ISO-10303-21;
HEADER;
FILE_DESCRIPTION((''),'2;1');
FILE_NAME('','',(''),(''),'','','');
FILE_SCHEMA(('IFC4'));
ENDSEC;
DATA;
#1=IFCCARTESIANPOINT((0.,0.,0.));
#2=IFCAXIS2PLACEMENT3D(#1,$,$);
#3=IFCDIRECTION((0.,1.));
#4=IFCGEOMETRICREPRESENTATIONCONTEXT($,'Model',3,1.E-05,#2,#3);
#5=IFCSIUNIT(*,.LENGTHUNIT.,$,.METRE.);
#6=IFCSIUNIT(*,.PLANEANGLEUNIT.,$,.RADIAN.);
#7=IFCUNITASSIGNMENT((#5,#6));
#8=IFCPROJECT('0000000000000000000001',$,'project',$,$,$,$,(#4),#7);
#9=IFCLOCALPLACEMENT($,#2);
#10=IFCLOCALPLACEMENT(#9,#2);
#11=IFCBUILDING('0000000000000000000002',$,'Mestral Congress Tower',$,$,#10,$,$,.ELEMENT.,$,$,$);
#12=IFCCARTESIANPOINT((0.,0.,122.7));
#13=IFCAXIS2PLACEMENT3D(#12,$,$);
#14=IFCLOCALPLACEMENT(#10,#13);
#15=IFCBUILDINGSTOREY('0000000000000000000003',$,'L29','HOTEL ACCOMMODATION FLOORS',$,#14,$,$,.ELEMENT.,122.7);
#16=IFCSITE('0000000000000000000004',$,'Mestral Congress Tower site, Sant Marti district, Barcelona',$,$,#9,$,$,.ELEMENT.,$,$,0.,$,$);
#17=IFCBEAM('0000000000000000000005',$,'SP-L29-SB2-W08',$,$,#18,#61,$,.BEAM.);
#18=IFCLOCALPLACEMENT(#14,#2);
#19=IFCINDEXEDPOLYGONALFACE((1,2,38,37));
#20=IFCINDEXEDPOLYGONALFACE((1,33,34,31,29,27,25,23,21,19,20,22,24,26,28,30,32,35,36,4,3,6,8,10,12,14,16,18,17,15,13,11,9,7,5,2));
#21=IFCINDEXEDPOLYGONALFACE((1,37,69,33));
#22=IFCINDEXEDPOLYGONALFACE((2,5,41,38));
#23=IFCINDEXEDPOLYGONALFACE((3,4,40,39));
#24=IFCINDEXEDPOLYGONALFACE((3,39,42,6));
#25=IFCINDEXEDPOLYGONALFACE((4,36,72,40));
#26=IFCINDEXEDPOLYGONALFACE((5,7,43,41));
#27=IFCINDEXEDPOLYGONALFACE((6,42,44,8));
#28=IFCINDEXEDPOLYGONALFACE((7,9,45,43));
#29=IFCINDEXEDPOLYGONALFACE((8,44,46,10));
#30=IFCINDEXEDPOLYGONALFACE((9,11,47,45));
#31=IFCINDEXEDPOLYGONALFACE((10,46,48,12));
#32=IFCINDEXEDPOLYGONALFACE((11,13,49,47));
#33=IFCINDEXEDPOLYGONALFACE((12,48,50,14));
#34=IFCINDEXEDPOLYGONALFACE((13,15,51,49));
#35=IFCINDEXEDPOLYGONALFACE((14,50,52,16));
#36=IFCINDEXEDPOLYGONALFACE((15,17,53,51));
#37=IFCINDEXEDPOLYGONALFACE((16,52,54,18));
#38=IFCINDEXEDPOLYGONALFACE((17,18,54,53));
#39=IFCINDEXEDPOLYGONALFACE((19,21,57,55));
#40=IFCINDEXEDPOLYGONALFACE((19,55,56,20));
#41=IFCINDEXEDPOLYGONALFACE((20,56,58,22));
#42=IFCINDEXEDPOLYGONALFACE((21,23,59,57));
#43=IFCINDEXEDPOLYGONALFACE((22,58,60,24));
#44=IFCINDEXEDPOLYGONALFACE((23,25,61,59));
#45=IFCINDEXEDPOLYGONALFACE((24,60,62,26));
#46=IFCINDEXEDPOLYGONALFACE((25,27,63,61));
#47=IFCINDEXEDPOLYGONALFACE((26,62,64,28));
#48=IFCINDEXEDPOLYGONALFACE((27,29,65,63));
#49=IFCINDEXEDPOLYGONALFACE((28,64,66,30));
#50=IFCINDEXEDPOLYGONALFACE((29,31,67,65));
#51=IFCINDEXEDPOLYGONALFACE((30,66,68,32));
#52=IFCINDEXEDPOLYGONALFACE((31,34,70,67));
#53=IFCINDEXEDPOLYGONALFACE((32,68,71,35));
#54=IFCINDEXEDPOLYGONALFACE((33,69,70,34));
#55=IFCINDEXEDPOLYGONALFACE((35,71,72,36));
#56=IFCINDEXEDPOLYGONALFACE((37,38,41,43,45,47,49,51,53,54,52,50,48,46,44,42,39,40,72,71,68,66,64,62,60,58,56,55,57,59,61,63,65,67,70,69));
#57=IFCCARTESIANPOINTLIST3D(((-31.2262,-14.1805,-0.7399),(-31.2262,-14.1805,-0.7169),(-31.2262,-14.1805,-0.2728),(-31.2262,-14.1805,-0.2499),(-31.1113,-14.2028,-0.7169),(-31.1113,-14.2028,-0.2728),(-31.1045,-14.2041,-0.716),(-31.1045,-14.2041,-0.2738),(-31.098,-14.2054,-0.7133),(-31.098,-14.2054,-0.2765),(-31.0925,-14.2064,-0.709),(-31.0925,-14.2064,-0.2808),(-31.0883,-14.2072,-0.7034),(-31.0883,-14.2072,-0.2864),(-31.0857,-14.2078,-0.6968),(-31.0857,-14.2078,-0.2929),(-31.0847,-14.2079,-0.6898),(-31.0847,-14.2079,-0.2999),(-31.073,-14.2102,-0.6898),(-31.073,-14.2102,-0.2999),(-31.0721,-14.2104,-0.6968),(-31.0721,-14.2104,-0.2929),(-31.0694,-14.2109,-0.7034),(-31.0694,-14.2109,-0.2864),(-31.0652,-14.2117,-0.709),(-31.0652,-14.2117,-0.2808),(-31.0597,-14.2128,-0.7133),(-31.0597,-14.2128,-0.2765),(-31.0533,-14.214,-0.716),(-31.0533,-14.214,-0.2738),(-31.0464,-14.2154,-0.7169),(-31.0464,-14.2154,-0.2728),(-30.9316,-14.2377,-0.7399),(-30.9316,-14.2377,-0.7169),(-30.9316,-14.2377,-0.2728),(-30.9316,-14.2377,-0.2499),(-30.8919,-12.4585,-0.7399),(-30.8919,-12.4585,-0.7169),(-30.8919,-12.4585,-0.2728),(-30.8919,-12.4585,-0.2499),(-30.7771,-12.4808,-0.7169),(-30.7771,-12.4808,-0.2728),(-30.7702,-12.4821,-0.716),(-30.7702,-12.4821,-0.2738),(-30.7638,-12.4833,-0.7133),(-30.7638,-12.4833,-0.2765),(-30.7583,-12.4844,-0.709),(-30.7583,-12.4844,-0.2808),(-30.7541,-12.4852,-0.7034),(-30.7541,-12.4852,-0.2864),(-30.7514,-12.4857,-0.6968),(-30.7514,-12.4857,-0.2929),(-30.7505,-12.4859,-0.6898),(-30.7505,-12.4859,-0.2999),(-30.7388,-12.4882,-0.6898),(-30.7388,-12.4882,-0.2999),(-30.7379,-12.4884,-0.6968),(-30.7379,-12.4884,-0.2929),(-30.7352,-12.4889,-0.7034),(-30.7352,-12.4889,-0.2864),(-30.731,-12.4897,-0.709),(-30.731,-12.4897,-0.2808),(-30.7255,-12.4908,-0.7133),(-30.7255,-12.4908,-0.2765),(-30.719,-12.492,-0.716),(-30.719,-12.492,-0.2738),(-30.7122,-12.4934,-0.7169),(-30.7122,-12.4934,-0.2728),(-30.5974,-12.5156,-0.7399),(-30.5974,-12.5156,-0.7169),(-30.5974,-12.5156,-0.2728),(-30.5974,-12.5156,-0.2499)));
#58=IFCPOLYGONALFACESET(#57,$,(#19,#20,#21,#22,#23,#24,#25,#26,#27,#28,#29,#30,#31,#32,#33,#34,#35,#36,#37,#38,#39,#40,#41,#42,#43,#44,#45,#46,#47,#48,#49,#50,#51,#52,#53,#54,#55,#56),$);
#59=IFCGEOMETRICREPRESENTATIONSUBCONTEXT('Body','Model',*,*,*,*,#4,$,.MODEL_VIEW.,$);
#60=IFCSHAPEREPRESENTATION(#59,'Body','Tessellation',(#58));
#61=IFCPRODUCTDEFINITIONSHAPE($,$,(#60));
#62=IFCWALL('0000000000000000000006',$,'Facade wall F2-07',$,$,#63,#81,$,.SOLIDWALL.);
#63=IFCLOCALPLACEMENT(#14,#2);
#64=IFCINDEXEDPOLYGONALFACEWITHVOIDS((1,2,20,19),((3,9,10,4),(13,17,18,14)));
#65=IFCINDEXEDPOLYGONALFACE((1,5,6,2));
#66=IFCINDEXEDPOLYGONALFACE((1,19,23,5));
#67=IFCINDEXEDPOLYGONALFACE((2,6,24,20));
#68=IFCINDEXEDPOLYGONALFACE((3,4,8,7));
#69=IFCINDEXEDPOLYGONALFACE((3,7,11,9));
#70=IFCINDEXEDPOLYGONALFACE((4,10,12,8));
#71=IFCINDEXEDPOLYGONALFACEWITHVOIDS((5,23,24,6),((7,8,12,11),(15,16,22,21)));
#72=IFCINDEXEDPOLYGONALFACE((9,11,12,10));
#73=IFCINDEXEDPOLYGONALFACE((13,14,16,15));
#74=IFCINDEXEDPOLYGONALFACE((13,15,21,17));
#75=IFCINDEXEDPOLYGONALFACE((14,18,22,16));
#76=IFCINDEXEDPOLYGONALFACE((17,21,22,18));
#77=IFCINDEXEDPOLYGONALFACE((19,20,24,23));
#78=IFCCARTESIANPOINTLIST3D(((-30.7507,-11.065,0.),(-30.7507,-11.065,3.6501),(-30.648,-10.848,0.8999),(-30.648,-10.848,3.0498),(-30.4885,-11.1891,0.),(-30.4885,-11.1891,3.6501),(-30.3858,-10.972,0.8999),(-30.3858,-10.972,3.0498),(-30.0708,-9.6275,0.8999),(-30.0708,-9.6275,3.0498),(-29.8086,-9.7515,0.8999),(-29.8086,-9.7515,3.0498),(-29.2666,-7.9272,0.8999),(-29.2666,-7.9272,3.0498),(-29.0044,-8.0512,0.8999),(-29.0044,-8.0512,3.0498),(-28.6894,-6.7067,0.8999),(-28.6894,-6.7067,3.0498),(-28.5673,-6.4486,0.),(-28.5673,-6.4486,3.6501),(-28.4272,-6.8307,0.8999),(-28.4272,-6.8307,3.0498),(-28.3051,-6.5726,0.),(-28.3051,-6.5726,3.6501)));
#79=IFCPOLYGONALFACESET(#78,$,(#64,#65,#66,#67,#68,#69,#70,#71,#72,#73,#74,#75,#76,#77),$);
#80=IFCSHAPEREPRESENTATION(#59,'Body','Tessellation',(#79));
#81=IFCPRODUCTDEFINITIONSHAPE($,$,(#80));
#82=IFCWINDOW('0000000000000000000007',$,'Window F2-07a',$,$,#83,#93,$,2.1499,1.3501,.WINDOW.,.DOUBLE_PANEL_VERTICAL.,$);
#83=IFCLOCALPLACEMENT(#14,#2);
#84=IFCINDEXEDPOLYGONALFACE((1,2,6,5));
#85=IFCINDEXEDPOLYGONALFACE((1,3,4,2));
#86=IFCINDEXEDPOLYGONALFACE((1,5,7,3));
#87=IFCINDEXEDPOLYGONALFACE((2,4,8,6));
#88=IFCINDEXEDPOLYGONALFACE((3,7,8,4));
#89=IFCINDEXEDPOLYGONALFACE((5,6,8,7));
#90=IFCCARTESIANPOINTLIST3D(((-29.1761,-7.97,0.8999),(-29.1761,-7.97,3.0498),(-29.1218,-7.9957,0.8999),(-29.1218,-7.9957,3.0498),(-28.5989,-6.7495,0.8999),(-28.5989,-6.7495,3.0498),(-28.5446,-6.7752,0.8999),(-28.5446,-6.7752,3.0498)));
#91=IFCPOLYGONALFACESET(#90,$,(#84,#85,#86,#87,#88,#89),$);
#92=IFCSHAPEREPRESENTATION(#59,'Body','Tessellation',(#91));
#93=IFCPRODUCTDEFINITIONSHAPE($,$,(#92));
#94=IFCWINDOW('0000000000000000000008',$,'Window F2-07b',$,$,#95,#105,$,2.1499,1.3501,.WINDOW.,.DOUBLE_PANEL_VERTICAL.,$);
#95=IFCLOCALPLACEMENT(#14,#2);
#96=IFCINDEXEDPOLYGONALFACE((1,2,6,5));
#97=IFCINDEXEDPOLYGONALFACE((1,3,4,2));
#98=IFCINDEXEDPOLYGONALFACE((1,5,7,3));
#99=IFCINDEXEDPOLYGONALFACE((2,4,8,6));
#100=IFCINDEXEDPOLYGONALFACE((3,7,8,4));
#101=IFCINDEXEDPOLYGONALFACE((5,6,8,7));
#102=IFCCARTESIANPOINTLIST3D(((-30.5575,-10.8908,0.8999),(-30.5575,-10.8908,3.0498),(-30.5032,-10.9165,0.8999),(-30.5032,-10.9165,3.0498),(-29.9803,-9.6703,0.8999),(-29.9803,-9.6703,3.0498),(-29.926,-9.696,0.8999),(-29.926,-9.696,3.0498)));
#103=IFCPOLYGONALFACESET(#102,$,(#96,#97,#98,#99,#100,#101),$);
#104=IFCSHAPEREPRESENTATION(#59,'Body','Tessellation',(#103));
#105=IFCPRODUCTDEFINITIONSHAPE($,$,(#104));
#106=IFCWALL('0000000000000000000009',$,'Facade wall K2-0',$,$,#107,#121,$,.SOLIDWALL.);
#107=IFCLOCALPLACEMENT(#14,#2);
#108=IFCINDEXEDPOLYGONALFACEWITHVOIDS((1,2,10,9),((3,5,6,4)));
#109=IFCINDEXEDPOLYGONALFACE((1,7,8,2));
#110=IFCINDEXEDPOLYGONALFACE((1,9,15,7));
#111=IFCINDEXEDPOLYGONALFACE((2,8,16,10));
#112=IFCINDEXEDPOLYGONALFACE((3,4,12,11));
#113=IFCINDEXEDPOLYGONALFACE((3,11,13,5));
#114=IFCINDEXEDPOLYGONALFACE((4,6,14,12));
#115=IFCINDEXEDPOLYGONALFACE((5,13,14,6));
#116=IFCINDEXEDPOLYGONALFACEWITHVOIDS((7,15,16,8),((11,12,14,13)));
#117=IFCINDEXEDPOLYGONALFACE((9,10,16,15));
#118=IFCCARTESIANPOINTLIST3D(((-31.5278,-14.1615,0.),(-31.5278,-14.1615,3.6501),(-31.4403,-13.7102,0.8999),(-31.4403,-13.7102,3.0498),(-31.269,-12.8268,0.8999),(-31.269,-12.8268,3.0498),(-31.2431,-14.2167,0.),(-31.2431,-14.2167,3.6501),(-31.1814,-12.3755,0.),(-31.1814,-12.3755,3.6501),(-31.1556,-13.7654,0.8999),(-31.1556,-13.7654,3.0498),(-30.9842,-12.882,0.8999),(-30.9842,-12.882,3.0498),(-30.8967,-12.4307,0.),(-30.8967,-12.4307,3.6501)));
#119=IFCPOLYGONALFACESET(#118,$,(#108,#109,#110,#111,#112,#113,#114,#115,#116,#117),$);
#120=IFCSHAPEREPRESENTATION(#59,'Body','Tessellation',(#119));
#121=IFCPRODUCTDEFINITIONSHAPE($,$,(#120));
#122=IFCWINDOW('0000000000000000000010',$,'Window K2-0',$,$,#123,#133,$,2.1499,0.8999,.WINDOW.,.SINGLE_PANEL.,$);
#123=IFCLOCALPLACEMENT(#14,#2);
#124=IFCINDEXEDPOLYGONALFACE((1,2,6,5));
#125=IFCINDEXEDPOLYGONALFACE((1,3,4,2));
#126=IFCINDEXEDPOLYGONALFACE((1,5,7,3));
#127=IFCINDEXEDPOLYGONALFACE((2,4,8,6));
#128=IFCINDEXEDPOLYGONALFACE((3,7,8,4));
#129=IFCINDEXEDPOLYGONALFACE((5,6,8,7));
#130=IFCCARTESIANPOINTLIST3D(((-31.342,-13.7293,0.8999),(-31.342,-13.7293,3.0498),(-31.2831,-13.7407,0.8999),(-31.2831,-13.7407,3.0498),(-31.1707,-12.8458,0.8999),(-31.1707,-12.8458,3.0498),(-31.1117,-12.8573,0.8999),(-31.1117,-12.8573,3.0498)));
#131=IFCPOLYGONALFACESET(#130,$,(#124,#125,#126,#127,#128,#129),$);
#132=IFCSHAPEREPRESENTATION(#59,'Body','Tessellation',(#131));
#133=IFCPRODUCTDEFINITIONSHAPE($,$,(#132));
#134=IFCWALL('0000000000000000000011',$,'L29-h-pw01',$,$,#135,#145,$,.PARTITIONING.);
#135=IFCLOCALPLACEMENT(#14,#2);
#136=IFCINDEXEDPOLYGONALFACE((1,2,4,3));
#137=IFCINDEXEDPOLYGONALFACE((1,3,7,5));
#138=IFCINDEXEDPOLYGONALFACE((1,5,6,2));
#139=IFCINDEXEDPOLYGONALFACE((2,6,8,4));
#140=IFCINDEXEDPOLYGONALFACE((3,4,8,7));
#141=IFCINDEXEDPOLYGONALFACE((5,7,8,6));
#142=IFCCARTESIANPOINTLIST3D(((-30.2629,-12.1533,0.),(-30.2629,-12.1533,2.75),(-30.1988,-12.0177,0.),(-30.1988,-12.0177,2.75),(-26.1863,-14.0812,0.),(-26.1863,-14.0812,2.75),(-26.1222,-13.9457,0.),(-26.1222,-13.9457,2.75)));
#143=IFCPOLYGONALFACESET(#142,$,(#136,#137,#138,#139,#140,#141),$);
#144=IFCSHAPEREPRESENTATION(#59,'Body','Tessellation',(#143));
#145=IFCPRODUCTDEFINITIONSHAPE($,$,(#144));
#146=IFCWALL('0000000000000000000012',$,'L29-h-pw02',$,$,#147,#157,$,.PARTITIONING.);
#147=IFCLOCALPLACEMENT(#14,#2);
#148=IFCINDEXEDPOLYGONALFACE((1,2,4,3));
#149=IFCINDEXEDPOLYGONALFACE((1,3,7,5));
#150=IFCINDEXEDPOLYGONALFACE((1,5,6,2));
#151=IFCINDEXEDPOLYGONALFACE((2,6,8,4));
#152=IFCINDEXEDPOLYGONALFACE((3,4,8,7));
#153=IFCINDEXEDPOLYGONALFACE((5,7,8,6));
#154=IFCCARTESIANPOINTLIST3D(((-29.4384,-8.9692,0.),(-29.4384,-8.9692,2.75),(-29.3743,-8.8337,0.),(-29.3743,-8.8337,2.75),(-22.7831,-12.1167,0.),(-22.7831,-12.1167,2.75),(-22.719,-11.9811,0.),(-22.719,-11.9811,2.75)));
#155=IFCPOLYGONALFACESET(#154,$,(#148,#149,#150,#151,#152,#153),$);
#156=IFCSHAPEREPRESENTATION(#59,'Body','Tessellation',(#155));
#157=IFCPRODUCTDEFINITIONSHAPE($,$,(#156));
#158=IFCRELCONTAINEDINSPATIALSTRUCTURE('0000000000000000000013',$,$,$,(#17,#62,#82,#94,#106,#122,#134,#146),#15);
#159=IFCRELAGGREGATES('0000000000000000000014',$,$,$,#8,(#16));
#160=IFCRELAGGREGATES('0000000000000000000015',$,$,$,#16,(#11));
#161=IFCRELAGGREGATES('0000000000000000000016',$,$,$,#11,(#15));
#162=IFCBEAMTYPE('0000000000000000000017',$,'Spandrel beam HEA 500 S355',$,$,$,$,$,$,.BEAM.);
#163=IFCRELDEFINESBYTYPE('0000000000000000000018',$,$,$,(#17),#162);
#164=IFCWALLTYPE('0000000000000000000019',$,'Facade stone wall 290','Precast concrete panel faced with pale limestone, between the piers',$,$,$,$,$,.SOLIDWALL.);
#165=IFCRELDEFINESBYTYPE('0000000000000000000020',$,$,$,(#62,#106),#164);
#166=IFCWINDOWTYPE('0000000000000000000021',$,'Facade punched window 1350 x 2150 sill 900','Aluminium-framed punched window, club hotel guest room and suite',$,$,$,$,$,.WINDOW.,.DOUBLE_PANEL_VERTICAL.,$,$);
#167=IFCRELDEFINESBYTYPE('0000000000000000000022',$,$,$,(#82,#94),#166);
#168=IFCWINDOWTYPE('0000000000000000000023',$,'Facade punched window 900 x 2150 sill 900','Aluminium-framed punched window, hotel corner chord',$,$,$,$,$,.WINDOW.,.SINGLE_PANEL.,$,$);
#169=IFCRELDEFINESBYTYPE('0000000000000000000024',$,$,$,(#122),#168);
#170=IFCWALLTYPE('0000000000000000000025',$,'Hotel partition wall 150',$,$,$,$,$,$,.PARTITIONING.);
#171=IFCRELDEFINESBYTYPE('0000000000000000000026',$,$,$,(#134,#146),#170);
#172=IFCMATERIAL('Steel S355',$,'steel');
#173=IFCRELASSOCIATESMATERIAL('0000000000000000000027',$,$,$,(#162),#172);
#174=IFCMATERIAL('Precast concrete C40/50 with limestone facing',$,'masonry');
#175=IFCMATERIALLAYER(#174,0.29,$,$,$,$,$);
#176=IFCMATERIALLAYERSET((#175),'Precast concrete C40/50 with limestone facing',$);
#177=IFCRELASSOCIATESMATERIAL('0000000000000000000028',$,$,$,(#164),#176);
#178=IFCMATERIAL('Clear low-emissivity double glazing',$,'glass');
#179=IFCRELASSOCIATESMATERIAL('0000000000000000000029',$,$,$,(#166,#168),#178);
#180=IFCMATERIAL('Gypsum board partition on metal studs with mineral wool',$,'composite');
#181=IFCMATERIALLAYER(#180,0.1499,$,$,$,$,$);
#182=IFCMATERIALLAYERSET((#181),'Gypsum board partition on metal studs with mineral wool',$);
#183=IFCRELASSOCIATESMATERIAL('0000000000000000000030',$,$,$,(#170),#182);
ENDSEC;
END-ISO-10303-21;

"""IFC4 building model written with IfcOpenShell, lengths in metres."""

from ifc_helpers import new_model, si_unit, direction, frame, frame_2d, origin, origin_2d, place, context, subcontext, project, spatial, rectangle, i_section, extrude, material, layer, layer_set, material_profile, profile_set, type_object, element, fill, save


model = new_model("IFC4")

# Units and contexts
model_context = context("Model", 3, precision=1e-05, world=origin(), true_north=direction((0.0, 1.0)))
body_context = subcontext(model_context, "Body", "Model", "MODEL_VIEW")
ifc_project = project(units=[si_unit("LENGTHUNIT", "METRE"), si_unit("PLANEANGLEUNIT", "RADIAN")], contexts=[model_context])

# Site, building, storey
site_placement = place(None, origin())
site = spatial("IfcSite", under=ifc_project, at=site_placement, Name="Mestral Congress Tower site, Sant Marti district, Barcelona", CompositionType="ELEMENT", RefElevation=0.0)
building_placement = place(site_placement, origin())
building = spatial("IfcBuilding", under=site, at=building_placement, Name="Mestral Congress Tower", CompositionType="ELEMENT")
storey_placement = place(building_placement, frame((0.0, 0.0, 122.7)))
storey = spatial("IfcBuildingStorey", under=building, at=storey_placement, Name="L29", Description="HOTEL ACCOMMODATION FLOORS", CompositionType="ELEMENT", Elevation=122.7)

# Beam
ifc_material_1 = material(Name="Steel S355", Category="steel")
ifc_material_profile_1 = material_profile(ifc_material_1, i_section(OverallWidth=0.3, OverallDepth=0.49, WebThickness=0.012, FlangeThickness=0.0229, FilletRadius=0.0271, at=origin_2d()), Name="HEA 500")
ifc_profile_set_1 = profile_set([ifc_material_profile_1], Name="Steel S355")
beam_type_1 = type_object("IfcBeamType", Name="Spandrel beam HEA 500 S355", PredefinedType="BEAM", material=ifc_profile_set_1)
beam_1_placement = place(storey_placement, frame((-30.7446, -12.4871, -0.4949), z_axis=(-0.190546, -0.981678, 0.0), x_axis=(0.981678, -0.190546, 0.0)))
element("IfcBeam", 1, at=beam_1_placement, inside=storey, type_object=beam_type_1, Name="SP-L29-SB2-W08", PredefinedType="BEAM", context=body_context, shape_type="SweptSolid", body=[
    extrude(i_section(OverallWidth=0.3, OverallDepth=0.49, WebThickness=0.012, FlangeThickness=0.0229, FilletRadius=0.0271, at=origin_2d()), origin(), (0.0, 0.0, 1.0), 1.7542),
])

# Wall, openings, windows
ifc_material_2 = material(Name="Precast concrete C40/50 with limestone facing", Category="masonry")
ifc_layer_1 = layer(ifc_material_2, 0.29)
ifc_layer_set_1 = layer_set([ifc_layer_1], Name="Precast concrete C40/50 with limestone facing")
wall_type_1 = type_object("IfcWallType", Name="Facade stone wall 290", Description="Precast concrete panel faced with pale limestone, between the piers", PredefinedType="SOLIDWALL", material=ifc_layer_set_1)
wall_1_placement = place(storey_placement, frame((-28.4363, -6.5107, 0.0), z_axis=(0.0, 0.0, 1.0), x_axis=(-0.427544, -0.903995, 0.0)))
wall_1 = element("IfcWall", 2, at=wall_1_placement, inside=storey, type_object=wall_type_1, Name="Facade wall F2-07", PredefinedType="SOLIDWALL", context=body_context, shape_type="SweptSolid", body=[
    extrude(rectangle(XDim=5.1067, YDim=0.29, at=frame_2d((2.5532, 0.0))), origin(), (0.0, 0.0, 1.0), 3.6501),
])
opening_1_placement = place(wall_1_placement, frame((0.2854, 0.0, 0.8999)))
opening_1 = element("IfcOpeningElement", 3, at=opening_1_placement, cuts=wall_1, PredefinedType="OPENING", context=body_context, shape_type="SweptSolid", body=[
    extrude(rectangle(XDim=1.3501, YDim=2.1499, at=frame_2d((0.675, 1.075))), frame((0.0, 0.155, 0.0), z_axis=(0.0, -1.0, 0.0), x_axis=(1.0, 0.0, 0.0)), (0.0, 0.0, 1.0), 0.3101),
])
opening_2_placement = place(wall_1_placement, frame((3.5164, 0.0, 0.8999)))
opening_2 = element("IfcOpeningElement", 4, at=opening_2_placement, cuts=wall_1, PredefinedType="OPENING", context=body_context, shape_type="SweptSolid", body=[
    extrude(rectangle(XDim=1.3501, YDim=2.1499, at=frame_2d((0.675, 1.075))), frame((0.0, 0.155, 0.0), z_axis=(0.0, -1.0, 0.0), x_axis=(1.0, 0.0, 0.0)), (0.0, 0.0, 1.0), 0.3101),
])
ifc_material_3 = material(Name="Clear low-emissivity double glazing", Category="glass")
window_type_1 = type_object("IfcWindowType", Name="Facade punched window 1350 x 2150 sill 900", Description="Aluminium-framed punched window, club hotel guest room and suite", PartitioningType="DOUBLE_PANEL_VERTICAL", PredefinedType="WINDOW", material=ifc_material_3)
window_1_placement = place(opening_1_placement, origin())
window_1 = element("IfcWindow", 5, at=window_1_placement, inside=storey, type_object=window_type_1, Name="Window F2-07a", OverallHeight=2.1499, OverallWidth=1.3501, PartitioningType="DOUBLE_PANEL_VERTICAL", PredefinedType="WINDOW", context=body_context, shape_type="SweptSolid", body=[
    extrude(rectangle(XDim=1.3501, YDim=2.1499, at=frame_2d((0.675, 1.075))), frame((0.0, 0.0151, 0.0), z_axis=(0.0, -1.0, 0.0), x_axis=(1.0, 0.0, 0.0)), (0.0, 0.0, 1.0), 0.0601),
])
fill(opening_1, window_1)
window_2_placement = place(opening_2_placement, origin())
window_2 = element("IfcWindow", 6, at=window_2_placement, inside=storey, type_object=window_type_1, Name="Window F2-07b", OverallHeight=2.1499, OverallWidth=1.3501, PartitioningType="DOUBLE_PANEL_VERTICAL", PredefinedType="WINDOW", context=body_context, shape_type="SweptSolid", body=[
    extrude(rectangle(XDim=1.3501, YDim=2.1499, at=frame_2d((0.675, 1.075))), frame((0.0, 0.0151, 0.0), z_axis=(0.0, -1.0, 0.0), x_axis=(1.0, 0.0, 0.0)), (0.0, 0.0, 1.0), 0.0601),
])
fill(opening_2, window_2)

# Wall, opening, window
wall_2_placement = place(storey_placement, frame((-31.0391, -12.4031, 0.0), z_axis=(0.0, 0.0, 1.0), x_axis=(-0.19041, -0.981705, 0.0)))
wall_2 = element("IfcWall", 7, at=wall_2_placement, inside=storey, type_object=wall_type_1, Name="Facade wall K2-0", PredefinedType="SOLIDWALL", context=body_context, shape_type="SweptSolid", body=[
    extrude(rectangle(XDim=1.8193, YDim=0.29, at=frame_2d((0.9097, 0.0))), origin(), (0.0, 0.0, 1.0), 3.6501),
])
opening_3_placement = place(wall_2_placement, frame((0.4597, 0.0, 0.8999)))
opening_3 = element("IfcOpeningElement", 8, at=opening_3_placement, cuts=wall_2, PredefinedType="OPENING", context=body_context, shape_type="SweptSolid", body=[
    extrude(rectangle(XDim=0.8999, YDim=2.1499, at=frame_2d((0.45, 1.075))), frame((0.0, 0.155, 0.0), z_axis=(0.0, -1.0, 0.0), x_axis=(1.0, 0.0, 0.0)), (0.0, 0.0, 1.0), 0.3101),
])
window_type_2 = type_object("IfcWindowType", Name="Facade punched window 900 x 2150 sill 900", Description="Aluminium-framed punched window, hotel corner chord", PartitioningType="SINGLE_PANEL", PredefinedType="WINDOW", material=ifc_material_3)
window_3_placement = place(opening_3_placement, origin())
window_3 = element("IfcWindow", 9, at=window_3_placement, inside=storey, type_object=window_type_2, Name="Window K2-0", OverallHeight=2.1499, OverallWidth=0.8999, PartitioningType="SINGLE_PANEL", PredefinedType="WINDOW", context=body_context, shape_type="SweptSolid", body=[
    extrude(rectangle(XDim=0.8999, YDim=2.1499, at=frame_2d((0.45, 1.075))), frame((0.0, 0.0151, 0.0), z_axis=(0.0, -1.0, 0.0), x_axis=(1.0, 0.0, 0.0)), (0.0, 0.0, 1.0), 0.0601),
])
fill(opening_3, window_3)

# Walls
ifc_material_4 = material(Name="Gypsum board partition on metal studs with mineral wool", Category="composite")
ifc_layer_2 = layer(ifc_material_4, 0.1499)
ifc_layer_set_2 = layer_set([ifc_layer_2], Name="Gypsum board partition on metal studs with mineral wool")
wall_type_2 = type_object("IfcWallType", Name="Hotel partition wall 150", PredefinedType="PARTITIONING", material=ifc_layer_set_2)
wall_3_placement = place(storey_placement, frame((-30.231, -12.0854, 0.0), z_axis=(0.0, 0.0, 1.0), x_axis=(0.904001, -0.42753, 0.0)))
element("IfcWall", 10, at=wall_3_placement, inside=storey, type_object=wall_type_2, Name="L29-h-pw01", PredefinedType="PARTITIONING", context=body_context, shape_type="SweptSolid", body=[
    extrude(rectangle(XDim=4.5095, YDim=0.1499, at=frame_2d((2.2549, 0.0))), origin(), (0.0, 0.0, 1.0), 2.75),
])
wall_4_placement = place(storey_placement, frame((-29.4065, -8.9014, 0.0), z_axis=(0.0, 0.0, 1.0), x_axis=(0.904002, -0.427527, 0.0)))
element("IfcWall", 11, at=wall_4_placement, inside=storey, type_object=wall_type_2, Name="L29-h-pw02", PredefinedType="PARTITIONING", context=body_context, shape_type="SweptSolid", body=[
    extrude(rectangle(XDim=7.3621, YDim=0.1499, at=frame_2d((3.6812, 0.0))), origin(), (0.0, 0.0, 1.0), 2.75),
])

save(model, "model.ifc")
